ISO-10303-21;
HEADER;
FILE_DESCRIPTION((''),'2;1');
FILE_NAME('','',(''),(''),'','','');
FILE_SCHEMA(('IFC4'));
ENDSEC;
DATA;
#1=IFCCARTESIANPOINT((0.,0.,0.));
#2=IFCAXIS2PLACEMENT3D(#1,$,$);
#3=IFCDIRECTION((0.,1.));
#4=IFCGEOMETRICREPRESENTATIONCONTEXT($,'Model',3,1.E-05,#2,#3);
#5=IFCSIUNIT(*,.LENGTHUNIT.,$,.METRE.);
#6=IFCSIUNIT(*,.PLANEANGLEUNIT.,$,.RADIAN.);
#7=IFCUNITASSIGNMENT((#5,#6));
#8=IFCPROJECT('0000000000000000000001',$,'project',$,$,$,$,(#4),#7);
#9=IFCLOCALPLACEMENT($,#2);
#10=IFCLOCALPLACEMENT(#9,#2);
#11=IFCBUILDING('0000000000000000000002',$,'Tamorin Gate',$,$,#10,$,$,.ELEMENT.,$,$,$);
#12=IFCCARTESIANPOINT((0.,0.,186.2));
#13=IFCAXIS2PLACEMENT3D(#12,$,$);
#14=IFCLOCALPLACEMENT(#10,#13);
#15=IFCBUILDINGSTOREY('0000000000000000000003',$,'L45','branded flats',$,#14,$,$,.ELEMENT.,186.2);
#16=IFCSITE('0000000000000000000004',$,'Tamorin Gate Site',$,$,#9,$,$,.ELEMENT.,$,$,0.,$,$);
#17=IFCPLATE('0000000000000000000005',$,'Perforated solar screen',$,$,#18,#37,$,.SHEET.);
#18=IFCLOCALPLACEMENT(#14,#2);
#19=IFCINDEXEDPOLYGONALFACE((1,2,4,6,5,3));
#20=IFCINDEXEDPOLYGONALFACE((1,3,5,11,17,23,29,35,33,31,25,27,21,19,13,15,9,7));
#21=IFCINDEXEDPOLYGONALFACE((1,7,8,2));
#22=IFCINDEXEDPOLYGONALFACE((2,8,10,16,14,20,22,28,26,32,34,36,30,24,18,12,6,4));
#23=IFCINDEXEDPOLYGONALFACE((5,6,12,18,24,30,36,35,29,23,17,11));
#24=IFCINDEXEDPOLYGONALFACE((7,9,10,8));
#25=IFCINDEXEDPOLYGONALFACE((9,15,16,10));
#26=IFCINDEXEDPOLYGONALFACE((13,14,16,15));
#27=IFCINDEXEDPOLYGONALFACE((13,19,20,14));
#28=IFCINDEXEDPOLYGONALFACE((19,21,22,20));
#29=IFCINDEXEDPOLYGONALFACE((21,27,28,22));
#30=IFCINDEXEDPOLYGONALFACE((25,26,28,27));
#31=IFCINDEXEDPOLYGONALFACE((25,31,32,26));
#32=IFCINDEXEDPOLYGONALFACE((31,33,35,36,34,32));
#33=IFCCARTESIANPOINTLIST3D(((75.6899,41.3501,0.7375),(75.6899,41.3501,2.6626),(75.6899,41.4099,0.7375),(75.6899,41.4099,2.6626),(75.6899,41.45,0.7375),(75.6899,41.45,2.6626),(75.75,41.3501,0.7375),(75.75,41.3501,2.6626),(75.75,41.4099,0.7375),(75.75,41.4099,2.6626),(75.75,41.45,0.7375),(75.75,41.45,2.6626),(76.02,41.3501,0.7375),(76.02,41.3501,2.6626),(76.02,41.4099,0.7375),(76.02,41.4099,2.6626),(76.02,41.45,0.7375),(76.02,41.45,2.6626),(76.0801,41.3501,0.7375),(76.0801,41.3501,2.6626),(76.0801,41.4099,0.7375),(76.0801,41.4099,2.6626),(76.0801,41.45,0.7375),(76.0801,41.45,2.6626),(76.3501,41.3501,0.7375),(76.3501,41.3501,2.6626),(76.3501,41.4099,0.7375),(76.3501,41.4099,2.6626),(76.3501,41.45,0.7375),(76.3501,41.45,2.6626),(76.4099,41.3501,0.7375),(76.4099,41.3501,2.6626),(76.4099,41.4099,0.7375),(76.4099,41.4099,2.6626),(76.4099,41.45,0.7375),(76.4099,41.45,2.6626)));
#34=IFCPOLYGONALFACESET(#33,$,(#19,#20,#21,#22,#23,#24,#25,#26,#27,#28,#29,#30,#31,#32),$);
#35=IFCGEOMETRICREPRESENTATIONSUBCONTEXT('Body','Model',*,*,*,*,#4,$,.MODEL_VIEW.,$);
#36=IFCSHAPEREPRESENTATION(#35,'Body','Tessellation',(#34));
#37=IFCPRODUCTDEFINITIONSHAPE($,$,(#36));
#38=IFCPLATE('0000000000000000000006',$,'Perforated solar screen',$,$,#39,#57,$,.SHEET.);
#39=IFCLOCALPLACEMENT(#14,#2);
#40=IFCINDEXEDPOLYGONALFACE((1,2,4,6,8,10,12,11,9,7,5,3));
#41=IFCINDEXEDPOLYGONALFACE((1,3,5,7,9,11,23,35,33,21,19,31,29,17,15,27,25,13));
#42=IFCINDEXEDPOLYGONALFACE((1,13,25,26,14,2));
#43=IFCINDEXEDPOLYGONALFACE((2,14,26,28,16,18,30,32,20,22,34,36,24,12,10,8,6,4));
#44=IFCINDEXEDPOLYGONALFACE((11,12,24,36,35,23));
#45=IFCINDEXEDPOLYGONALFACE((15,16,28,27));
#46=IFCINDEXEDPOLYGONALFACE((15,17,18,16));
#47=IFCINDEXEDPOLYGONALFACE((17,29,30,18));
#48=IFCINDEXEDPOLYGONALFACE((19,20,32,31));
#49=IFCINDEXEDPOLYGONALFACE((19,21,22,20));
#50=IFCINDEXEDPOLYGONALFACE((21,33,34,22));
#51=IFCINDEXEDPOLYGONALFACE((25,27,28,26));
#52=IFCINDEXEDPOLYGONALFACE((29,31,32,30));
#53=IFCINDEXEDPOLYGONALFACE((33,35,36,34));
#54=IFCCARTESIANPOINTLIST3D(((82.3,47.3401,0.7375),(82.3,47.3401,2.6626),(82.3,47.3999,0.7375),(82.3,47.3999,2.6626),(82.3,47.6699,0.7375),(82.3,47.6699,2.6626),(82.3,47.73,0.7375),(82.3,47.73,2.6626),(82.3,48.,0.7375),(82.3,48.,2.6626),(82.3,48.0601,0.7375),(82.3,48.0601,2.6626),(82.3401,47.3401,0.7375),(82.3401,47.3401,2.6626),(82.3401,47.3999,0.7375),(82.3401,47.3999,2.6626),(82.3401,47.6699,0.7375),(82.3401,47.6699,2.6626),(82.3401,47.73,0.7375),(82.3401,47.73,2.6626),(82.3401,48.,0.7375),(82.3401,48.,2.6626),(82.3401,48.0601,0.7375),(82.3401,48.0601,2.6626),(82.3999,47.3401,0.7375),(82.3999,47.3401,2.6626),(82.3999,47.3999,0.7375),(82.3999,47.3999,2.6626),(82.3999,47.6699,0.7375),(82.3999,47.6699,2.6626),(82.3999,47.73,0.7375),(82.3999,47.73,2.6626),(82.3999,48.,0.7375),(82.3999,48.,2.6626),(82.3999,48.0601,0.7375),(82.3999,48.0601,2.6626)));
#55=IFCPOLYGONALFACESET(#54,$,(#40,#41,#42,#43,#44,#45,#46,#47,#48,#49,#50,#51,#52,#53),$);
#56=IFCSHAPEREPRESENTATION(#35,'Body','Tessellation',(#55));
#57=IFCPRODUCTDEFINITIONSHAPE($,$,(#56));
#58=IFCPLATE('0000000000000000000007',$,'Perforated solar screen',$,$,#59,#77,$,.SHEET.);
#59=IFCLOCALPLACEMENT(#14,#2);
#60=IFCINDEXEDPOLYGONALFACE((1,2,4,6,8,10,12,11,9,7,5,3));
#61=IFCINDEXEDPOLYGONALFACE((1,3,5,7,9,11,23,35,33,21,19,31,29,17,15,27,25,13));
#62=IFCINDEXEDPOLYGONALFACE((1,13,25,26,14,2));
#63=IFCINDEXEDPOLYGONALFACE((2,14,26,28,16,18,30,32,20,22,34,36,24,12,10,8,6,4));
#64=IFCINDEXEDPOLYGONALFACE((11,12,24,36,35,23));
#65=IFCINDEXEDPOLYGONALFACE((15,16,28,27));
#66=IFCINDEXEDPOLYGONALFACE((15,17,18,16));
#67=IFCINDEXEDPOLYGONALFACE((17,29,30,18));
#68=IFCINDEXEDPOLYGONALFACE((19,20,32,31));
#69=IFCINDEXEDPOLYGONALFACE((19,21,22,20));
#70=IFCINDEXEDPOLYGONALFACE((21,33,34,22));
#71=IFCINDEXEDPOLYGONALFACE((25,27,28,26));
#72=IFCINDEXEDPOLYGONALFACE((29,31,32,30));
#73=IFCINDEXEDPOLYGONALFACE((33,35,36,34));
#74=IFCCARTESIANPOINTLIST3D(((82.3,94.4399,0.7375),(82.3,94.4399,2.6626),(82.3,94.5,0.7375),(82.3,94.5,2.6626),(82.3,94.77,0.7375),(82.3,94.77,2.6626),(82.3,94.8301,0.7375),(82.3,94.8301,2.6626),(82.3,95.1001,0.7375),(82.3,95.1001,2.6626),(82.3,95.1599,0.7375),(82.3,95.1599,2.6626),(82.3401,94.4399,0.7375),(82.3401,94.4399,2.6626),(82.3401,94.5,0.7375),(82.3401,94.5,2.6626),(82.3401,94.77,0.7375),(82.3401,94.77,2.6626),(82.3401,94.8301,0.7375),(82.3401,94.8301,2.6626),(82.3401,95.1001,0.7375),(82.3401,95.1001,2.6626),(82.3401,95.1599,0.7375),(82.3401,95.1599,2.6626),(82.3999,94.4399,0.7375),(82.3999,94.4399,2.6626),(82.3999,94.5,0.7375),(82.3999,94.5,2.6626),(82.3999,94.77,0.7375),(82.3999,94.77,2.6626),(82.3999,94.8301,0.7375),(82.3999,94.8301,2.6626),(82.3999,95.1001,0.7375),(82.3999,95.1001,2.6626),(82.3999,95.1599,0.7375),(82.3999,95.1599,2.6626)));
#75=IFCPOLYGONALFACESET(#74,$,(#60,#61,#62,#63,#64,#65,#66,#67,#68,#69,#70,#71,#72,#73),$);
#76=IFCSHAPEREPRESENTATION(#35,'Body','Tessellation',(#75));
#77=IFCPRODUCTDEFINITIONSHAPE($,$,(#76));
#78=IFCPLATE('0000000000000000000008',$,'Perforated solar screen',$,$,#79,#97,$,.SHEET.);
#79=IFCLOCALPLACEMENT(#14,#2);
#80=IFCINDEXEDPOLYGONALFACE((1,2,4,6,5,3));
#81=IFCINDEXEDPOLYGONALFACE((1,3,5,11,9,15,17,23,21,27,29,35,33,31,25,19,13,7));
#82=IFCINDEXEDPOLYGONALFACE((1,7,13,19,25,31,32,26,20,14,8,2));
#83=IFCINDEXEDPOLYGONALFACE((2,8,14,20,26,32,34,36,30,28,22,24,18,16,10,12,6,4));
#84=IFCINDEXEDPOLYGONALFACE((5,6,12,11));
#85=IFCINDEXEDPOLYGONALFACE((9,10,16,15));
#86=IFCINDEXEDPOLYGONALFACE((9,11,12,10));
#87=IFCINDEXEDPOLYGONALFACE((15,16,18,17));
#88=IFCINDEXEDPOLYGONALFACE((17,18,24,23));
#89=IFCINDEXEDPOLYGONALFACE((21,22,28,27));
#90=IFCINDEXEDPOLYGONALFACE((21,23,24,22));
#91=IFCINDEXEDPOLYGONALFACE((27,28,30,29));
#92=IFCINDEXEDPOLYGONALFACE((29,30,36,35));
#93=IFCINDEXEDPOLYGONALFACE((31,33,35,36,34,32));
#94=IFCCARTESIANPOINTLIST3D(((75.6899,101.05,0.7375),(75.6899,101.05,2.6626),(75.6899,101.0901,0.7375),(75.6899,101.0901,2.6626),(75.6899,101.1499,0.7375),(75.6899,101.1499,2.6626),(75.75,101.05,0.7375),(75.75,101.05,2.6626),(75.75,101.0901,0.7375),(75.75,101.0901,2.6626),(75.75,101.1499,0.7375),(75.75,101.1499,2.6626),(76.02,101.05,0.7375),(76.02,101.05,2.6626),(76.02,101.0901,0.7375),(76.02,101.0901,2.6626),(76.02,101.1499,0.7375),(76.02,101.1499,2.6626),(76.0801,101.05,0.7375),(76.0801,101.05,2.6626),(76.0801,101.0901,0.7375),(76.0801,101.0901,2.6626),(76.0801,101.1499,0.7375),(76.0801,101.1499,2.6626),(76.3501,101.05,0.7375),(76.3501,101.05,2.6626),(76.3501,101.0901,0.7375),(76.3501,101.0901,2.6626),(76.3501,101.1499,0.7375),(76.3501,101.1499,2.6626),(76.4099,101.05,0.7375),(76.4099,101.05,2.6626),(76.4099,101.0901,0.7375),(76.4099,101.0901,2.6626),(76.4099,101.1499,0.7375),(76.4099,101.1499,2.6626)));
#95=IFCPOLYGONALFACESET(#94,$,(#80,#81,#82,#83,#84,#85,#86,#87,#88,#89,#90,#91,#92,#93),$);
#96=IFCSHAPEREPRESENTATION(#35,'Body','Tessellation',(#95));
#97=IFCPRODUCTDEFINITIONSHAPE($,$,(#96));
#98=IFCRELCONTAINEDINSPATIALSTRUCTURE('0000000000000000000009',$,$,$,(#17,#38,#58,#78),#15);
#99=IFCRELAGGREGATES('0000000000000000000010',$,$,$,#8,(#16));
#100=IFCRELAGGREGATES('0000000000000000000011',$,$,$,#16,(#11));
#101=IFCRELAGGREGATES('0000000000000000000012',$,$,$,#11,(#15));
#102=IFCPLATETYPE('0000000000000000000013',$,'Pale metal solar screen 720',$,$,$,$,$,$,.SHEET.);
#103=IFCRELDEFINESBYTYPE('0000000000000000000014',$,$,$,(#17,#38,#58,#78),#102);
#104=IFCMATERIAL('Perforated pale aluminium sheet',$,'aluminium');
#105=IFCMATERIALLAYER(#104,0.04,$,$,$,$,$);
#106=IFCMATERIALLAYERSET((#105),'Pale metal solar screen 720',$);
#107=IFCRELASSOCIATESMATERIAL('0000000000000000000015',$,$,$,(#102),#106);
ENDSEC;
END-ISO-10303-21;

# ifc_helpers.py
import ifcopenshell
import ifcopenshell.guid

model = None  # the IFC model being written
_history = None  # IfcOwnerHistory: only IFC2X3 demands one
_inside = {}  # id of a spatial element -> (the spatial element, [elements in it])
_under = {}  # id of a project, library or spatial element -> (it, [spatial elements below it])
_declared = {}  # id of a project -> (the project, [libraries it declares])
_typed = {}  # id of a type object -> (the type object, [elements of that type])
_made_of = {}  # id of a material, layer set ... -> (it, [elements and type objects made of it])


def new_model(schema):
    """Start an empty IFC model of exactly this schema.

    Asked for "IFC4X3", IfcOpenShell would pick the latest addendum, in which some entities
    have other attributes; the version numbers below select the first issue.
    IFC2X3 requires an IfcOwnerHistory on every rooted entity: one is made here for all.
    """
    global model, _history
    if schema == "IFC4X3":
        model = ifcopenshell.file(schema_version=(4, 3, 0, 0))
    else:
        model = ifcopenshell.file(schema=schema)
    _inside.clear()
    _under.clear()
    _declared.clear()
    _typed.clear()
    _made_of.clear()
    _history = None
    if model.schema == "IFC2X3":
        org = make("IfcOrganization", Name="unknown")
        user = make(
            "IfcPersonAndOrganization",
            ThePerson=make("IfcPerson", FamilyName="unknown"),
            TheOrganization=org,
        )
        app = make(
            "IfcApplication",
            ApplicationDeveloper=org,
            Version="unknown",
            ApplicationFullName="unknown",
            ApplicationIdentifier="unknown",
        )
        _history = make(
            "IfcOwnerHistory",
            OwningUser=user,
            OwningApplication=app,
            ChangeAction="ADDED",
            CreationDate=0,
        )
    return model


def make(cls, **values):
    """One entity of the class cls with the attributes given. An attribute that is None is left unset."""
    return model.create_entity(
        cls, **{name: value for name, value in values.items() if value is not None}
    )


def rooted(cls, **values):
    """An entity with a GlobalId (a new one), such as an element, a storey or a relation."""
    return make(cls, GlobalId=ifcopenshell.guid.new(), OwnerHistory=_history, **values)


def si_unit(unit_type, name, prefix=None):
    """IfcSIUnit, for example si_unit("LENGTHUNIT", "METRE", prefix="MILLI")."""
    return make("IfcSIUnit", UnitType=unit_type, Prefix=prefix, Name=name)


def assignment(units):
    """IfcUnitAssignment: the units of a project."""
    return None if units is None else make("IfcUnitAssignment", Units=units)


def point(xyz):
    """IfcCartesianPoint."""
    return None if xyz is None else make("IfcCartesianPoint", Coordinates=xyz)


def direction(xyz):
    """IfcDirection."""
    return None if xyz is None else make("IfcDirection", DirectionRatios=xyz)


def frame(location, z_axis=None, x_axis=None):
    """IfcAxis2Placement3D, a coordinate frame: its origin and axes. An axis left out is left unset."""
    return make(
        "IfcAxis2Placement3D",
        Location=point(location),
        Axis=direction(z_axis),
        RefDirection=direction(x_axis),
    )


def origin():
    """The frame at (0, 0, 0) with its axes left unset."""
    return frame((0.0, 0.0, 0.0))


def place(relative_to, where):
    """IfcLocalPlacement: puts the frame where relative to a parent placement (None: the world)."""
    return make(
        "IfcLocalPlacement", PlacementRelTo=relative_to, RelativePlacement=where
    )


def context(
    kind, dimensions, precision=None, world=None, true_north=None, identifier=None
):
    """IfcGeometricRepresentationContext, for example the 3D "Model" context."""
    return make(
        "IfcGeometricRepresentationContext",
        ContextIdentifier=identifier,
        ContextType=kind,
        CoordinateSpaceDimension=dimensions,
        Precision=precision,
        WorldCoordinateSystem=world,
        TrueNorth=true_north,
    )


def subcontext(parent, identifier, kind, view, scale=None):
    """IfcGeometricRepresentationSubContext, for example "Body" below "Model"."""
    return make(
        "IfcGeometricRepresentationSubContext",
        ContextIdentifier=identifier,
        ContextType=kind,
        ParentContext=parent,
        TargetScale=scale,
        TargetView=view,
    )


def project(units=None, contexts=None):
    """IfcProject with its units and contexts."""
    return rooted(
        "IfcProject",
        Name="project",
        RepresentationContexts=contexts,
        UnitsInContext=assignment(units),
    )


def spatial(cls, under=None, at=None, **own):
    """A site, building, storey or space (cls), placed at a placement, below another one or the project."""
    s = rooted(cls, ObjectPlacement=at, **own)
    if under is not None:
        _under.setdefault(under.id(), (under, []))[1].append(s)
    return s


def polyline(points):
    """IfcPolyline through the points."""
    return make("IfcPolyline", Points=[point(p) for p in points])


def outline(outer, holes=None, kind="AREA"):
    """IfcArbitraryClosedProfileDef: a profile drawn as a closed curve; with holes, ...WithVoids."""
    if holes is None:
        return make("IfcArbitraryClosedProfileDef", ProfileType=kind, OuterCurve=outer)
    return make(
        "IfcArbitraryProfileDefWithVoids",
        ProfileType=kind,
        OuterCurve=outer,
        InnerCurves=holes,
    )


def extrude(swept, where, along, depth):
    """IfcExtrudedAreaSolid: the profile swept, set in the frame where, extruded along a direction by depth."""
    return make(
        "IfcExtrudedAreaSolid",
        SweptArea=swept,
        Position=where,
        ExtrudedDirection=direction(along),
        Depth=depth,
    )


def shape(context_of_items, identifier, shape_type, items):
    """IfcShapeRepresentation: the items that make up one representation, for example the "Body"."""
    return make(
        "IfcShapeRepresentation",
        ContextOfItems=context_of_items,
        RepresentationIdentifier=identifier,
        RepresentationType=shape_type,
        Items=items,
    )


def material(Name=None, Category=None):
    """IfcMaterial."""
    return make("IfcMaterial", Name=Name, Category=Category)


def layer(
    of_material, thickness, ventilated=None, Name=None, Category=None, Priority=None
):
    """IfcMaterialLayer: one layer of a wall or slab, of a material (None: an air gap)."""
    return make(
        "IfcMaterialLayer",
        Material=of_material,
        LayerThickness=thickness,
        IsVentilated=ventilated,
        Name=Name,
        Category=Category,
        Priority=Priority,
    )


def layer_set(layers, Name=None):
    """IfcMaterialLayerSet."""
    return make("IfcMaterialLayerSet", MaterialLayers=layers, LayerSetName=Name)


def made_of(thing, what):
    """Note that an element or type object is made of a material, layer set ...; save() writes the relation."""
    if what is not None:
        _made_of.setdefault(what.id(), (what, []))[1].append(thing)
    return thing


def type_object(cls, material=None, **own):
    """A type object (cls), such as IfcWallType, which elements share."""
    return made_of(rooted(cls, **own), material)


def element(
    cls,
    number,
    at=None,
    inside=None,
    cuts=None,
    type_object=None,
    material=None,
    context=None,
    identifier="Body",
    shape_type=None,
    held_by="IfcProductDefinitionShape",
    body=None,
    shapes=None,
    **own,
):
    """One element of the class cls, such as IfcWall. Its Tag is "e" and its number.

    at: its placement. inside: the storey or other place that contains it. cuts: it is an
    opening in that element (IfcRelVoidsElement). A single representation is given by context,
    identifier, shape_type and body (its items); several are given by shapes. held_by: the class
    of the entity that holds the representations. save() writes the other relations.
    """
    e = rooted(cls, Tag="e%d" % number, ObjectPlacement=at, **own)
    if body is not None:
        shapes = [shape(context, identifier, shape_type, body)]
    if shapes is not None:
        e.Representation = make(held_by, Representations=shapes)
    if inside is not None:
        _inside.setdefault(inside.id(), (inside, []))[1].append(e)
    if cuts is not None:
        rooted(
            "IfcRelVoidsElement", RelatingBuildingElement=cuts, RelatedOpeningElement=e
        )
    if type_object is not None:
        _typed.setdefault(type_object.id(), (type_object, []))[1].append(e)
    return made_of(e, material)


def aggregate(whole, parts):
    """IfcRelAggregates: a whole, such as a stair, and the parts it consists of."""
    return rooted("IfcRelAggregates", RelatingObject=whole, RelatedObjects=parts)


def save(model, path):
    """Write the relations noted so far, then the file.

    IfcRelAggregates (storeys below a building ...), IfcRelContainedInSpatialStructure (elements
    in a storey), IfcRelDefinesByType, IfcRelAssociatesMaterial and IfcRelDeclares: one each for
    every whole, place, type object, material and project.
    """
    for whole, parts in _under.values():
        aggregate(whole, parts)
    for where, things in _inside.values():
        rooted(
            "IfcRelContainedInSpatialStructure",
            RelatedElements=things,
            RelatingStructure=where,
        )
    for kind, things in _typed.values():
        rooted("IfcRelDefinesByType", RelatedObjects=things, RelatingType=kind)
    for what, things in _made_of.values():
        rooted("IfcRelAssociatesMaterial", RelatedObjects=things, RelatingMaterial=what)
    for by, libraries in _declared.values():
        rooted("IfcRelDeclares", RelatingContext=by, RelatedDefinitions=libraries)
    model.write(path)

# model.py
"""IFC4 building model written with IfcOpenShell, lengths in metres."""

from ifc_helpers import new_model, si_unit, direction, frame, origin, place, context, subcontext, project, spatial, polyline, outline, extrude, material, layer, layer_set, type_object, element, save


model = new_model("IFC4")

# Units and contexts
model_context = context("Model", 3, precision=1e-05, world=origin(), true_north=direction((0.0, 1.0)))
body_context = subcontext(model_context, "Body", "Model", "MODEL_VIEW")
ifc_project = project(units=[si_unit("LENGTHUNIT", "METRE"), si_unit("PLANEANGLEUNIT", "RADIAN")], contexts=[model_context])

# Site, building, storey
site_placement = place(None, origin())
site = spatial("IfcSite", under=ifc_project, at=site_placement, Name="Tamorin Gate Site", CompositionType="ELEMENT", RefElevation=0.0)
building_placement = place(site_placement, origin())
building = spatial("IfcBuilding", under=site, at=building_placement, Name="Tamorin Gate", CompositionType="ELEMENT")
storey_placement = place(building_placement, frame((0.0, 0.0, 186.2)))
storey = spatial("IfcBuildingStorey", under=building, at=storey_placement, Name="L45", Description="branded flats", CompositionType="ELEMENT", Elevation=186.2)

# Plates
ifc_material_1 = material(Name="Perforated pale aluminium sheet", Category="aluminium")
ifc_layer_1 = layer(ifc_material_1, 0.04)
ifc_layer_set_1 = layer_set([ifc_layer_1], Name="Pale metal solar screen 720")
plate_type_1 = type_object("IfcPlateType", Name="Pale metal solar screen 720", PredefinedType="SHEET", material=ifc_layer_set_1)
plate_1_placement = place(storey_placement, frame((0.0, 0.0, 0.7375)))
element("IfcPlate", 1, at=plate_1_placement, inside=storey, type_object=plate_type_1, Name="Perforated solar screen", PredefinedType="SHEET", context=body_context, shape_type="SweptSolid", body=[
    extrude(outline(polyline([(75.6899, 41.4099), (75.6899, 41.45), (75.75, 41.45), (76.02, 41.45), (76.0801, 41.45), (76.3501, 41.45), (76.4099, 41.45), (76.4099, 41.4099), (76.4099, 41.3501), (76.3501, 41.3501), (76.3501, 41.4099), (76.0801, 41.4099), (76.0801, 41.3501), (76.02, 41.3501), (76.02, 41.4099), (75.75, 41.4099), (75.75, 41.3501), (75.6899, 41.3501), (75.6899, 41.4099)])), origin(), (0.0, 0.0, 1.0), 1.925),
])
plate_2_placement = place(storey_placement, frame((0.0, 0.0, 0.7375)))
element("IfcPlate", 2, at=plate_2_placement, inside=storey, type_object=plate_type_1, Name="Perforated solar screen", PredefinedType="SHEET", context=body_context, shape_type="SweptSolid", body=[
    extrude(outline(polyline([(82.3401, 47.3401), (82.3, 47.3401), (82.3, 47.3999), (82.3, 47.6699), (82.3, 47.73), (82.3, 48.0), (82.3, 48.0601), (82.3401, 48.0601), (82.3999, 48.0601), (82.3999, 48.0), (82.3401, 48.0), (82.3401, 47.73), (82.3999, 47.73), (82.3999, 47.6699), (82.3401, 47.6699), (82.3401, 47.3999), (82.3999, 47.3999), (82.3999, 47.3401), (82.3401, 47.3401)])), origin(), (0.0, 0.0, 1.0), 1.925),
])
plate_3_placement = place(storey_placement, frame((0.0, 0.0, 0.7375)))
element("IfcPlate", 3, at=plate_3_placement, inside=storey, type_object=plate_type_1, Name="Perforated solar screen", PredefinedType="SHEET", context=body_context, shape_type="SweptSolid", body=[
    extrude(outline(polyline([(82.3401, 94.4399), (82.3, 94.4399), (82.3, 94.5), (82.3, 94.77), (82.3, 94.8301), (82.3, 95.1001), (82.3, 95.1599), (82.3401, 95.1599), (82.3999, 95.1599), (82.3999, 95.1001), (82.3401, 95.1001), (82.3401, 94.8301), (82.3999, 94.8301), (82.3999, 94.77), (82.3401, 94.77), (82.3401, 94.5), (82.3999, 94.5), (82.3999, 94.4399), (82.3401, 94.4399)])), origin(), (0.0, 0.0, 1.0), 1.925),
])
plate_4_placement = place(storey_placement, frame((0.0, 0.0, 0.7375)))
element("IfcPlate", 4, at=plate_4_placement, inside=storey, type_object=plate_type_1, Name="Perforated solar screen", PredefinedType="SHEET", context=body_context, shape_type="SweptSolid", body=[
    extrude(outline(polyline([(76.4099, 101.0901), (76.4099, 101.05), (76.3501, 101.05), (76.0801, 101.05), (76.02, 101.05), (75.75, 101.05), (75.6899, 101.05), (75.6899, 101.0901), (75.6899, 101.1499), (75.75, 101.1499), (75.75, 101.0901), (76.02, 101.0901), (76.02, 101.1499), (76.0801, 101.1499), (76.0801, 101.0901), (76.3501, 101.0901), (76.3501, 101.1499), (76.4099, 101.1499), (76.4099, 101.0901)])), origin(), (0.0, 0.0, 1.0), 1.925),
])

save(model, "model.ifc")
